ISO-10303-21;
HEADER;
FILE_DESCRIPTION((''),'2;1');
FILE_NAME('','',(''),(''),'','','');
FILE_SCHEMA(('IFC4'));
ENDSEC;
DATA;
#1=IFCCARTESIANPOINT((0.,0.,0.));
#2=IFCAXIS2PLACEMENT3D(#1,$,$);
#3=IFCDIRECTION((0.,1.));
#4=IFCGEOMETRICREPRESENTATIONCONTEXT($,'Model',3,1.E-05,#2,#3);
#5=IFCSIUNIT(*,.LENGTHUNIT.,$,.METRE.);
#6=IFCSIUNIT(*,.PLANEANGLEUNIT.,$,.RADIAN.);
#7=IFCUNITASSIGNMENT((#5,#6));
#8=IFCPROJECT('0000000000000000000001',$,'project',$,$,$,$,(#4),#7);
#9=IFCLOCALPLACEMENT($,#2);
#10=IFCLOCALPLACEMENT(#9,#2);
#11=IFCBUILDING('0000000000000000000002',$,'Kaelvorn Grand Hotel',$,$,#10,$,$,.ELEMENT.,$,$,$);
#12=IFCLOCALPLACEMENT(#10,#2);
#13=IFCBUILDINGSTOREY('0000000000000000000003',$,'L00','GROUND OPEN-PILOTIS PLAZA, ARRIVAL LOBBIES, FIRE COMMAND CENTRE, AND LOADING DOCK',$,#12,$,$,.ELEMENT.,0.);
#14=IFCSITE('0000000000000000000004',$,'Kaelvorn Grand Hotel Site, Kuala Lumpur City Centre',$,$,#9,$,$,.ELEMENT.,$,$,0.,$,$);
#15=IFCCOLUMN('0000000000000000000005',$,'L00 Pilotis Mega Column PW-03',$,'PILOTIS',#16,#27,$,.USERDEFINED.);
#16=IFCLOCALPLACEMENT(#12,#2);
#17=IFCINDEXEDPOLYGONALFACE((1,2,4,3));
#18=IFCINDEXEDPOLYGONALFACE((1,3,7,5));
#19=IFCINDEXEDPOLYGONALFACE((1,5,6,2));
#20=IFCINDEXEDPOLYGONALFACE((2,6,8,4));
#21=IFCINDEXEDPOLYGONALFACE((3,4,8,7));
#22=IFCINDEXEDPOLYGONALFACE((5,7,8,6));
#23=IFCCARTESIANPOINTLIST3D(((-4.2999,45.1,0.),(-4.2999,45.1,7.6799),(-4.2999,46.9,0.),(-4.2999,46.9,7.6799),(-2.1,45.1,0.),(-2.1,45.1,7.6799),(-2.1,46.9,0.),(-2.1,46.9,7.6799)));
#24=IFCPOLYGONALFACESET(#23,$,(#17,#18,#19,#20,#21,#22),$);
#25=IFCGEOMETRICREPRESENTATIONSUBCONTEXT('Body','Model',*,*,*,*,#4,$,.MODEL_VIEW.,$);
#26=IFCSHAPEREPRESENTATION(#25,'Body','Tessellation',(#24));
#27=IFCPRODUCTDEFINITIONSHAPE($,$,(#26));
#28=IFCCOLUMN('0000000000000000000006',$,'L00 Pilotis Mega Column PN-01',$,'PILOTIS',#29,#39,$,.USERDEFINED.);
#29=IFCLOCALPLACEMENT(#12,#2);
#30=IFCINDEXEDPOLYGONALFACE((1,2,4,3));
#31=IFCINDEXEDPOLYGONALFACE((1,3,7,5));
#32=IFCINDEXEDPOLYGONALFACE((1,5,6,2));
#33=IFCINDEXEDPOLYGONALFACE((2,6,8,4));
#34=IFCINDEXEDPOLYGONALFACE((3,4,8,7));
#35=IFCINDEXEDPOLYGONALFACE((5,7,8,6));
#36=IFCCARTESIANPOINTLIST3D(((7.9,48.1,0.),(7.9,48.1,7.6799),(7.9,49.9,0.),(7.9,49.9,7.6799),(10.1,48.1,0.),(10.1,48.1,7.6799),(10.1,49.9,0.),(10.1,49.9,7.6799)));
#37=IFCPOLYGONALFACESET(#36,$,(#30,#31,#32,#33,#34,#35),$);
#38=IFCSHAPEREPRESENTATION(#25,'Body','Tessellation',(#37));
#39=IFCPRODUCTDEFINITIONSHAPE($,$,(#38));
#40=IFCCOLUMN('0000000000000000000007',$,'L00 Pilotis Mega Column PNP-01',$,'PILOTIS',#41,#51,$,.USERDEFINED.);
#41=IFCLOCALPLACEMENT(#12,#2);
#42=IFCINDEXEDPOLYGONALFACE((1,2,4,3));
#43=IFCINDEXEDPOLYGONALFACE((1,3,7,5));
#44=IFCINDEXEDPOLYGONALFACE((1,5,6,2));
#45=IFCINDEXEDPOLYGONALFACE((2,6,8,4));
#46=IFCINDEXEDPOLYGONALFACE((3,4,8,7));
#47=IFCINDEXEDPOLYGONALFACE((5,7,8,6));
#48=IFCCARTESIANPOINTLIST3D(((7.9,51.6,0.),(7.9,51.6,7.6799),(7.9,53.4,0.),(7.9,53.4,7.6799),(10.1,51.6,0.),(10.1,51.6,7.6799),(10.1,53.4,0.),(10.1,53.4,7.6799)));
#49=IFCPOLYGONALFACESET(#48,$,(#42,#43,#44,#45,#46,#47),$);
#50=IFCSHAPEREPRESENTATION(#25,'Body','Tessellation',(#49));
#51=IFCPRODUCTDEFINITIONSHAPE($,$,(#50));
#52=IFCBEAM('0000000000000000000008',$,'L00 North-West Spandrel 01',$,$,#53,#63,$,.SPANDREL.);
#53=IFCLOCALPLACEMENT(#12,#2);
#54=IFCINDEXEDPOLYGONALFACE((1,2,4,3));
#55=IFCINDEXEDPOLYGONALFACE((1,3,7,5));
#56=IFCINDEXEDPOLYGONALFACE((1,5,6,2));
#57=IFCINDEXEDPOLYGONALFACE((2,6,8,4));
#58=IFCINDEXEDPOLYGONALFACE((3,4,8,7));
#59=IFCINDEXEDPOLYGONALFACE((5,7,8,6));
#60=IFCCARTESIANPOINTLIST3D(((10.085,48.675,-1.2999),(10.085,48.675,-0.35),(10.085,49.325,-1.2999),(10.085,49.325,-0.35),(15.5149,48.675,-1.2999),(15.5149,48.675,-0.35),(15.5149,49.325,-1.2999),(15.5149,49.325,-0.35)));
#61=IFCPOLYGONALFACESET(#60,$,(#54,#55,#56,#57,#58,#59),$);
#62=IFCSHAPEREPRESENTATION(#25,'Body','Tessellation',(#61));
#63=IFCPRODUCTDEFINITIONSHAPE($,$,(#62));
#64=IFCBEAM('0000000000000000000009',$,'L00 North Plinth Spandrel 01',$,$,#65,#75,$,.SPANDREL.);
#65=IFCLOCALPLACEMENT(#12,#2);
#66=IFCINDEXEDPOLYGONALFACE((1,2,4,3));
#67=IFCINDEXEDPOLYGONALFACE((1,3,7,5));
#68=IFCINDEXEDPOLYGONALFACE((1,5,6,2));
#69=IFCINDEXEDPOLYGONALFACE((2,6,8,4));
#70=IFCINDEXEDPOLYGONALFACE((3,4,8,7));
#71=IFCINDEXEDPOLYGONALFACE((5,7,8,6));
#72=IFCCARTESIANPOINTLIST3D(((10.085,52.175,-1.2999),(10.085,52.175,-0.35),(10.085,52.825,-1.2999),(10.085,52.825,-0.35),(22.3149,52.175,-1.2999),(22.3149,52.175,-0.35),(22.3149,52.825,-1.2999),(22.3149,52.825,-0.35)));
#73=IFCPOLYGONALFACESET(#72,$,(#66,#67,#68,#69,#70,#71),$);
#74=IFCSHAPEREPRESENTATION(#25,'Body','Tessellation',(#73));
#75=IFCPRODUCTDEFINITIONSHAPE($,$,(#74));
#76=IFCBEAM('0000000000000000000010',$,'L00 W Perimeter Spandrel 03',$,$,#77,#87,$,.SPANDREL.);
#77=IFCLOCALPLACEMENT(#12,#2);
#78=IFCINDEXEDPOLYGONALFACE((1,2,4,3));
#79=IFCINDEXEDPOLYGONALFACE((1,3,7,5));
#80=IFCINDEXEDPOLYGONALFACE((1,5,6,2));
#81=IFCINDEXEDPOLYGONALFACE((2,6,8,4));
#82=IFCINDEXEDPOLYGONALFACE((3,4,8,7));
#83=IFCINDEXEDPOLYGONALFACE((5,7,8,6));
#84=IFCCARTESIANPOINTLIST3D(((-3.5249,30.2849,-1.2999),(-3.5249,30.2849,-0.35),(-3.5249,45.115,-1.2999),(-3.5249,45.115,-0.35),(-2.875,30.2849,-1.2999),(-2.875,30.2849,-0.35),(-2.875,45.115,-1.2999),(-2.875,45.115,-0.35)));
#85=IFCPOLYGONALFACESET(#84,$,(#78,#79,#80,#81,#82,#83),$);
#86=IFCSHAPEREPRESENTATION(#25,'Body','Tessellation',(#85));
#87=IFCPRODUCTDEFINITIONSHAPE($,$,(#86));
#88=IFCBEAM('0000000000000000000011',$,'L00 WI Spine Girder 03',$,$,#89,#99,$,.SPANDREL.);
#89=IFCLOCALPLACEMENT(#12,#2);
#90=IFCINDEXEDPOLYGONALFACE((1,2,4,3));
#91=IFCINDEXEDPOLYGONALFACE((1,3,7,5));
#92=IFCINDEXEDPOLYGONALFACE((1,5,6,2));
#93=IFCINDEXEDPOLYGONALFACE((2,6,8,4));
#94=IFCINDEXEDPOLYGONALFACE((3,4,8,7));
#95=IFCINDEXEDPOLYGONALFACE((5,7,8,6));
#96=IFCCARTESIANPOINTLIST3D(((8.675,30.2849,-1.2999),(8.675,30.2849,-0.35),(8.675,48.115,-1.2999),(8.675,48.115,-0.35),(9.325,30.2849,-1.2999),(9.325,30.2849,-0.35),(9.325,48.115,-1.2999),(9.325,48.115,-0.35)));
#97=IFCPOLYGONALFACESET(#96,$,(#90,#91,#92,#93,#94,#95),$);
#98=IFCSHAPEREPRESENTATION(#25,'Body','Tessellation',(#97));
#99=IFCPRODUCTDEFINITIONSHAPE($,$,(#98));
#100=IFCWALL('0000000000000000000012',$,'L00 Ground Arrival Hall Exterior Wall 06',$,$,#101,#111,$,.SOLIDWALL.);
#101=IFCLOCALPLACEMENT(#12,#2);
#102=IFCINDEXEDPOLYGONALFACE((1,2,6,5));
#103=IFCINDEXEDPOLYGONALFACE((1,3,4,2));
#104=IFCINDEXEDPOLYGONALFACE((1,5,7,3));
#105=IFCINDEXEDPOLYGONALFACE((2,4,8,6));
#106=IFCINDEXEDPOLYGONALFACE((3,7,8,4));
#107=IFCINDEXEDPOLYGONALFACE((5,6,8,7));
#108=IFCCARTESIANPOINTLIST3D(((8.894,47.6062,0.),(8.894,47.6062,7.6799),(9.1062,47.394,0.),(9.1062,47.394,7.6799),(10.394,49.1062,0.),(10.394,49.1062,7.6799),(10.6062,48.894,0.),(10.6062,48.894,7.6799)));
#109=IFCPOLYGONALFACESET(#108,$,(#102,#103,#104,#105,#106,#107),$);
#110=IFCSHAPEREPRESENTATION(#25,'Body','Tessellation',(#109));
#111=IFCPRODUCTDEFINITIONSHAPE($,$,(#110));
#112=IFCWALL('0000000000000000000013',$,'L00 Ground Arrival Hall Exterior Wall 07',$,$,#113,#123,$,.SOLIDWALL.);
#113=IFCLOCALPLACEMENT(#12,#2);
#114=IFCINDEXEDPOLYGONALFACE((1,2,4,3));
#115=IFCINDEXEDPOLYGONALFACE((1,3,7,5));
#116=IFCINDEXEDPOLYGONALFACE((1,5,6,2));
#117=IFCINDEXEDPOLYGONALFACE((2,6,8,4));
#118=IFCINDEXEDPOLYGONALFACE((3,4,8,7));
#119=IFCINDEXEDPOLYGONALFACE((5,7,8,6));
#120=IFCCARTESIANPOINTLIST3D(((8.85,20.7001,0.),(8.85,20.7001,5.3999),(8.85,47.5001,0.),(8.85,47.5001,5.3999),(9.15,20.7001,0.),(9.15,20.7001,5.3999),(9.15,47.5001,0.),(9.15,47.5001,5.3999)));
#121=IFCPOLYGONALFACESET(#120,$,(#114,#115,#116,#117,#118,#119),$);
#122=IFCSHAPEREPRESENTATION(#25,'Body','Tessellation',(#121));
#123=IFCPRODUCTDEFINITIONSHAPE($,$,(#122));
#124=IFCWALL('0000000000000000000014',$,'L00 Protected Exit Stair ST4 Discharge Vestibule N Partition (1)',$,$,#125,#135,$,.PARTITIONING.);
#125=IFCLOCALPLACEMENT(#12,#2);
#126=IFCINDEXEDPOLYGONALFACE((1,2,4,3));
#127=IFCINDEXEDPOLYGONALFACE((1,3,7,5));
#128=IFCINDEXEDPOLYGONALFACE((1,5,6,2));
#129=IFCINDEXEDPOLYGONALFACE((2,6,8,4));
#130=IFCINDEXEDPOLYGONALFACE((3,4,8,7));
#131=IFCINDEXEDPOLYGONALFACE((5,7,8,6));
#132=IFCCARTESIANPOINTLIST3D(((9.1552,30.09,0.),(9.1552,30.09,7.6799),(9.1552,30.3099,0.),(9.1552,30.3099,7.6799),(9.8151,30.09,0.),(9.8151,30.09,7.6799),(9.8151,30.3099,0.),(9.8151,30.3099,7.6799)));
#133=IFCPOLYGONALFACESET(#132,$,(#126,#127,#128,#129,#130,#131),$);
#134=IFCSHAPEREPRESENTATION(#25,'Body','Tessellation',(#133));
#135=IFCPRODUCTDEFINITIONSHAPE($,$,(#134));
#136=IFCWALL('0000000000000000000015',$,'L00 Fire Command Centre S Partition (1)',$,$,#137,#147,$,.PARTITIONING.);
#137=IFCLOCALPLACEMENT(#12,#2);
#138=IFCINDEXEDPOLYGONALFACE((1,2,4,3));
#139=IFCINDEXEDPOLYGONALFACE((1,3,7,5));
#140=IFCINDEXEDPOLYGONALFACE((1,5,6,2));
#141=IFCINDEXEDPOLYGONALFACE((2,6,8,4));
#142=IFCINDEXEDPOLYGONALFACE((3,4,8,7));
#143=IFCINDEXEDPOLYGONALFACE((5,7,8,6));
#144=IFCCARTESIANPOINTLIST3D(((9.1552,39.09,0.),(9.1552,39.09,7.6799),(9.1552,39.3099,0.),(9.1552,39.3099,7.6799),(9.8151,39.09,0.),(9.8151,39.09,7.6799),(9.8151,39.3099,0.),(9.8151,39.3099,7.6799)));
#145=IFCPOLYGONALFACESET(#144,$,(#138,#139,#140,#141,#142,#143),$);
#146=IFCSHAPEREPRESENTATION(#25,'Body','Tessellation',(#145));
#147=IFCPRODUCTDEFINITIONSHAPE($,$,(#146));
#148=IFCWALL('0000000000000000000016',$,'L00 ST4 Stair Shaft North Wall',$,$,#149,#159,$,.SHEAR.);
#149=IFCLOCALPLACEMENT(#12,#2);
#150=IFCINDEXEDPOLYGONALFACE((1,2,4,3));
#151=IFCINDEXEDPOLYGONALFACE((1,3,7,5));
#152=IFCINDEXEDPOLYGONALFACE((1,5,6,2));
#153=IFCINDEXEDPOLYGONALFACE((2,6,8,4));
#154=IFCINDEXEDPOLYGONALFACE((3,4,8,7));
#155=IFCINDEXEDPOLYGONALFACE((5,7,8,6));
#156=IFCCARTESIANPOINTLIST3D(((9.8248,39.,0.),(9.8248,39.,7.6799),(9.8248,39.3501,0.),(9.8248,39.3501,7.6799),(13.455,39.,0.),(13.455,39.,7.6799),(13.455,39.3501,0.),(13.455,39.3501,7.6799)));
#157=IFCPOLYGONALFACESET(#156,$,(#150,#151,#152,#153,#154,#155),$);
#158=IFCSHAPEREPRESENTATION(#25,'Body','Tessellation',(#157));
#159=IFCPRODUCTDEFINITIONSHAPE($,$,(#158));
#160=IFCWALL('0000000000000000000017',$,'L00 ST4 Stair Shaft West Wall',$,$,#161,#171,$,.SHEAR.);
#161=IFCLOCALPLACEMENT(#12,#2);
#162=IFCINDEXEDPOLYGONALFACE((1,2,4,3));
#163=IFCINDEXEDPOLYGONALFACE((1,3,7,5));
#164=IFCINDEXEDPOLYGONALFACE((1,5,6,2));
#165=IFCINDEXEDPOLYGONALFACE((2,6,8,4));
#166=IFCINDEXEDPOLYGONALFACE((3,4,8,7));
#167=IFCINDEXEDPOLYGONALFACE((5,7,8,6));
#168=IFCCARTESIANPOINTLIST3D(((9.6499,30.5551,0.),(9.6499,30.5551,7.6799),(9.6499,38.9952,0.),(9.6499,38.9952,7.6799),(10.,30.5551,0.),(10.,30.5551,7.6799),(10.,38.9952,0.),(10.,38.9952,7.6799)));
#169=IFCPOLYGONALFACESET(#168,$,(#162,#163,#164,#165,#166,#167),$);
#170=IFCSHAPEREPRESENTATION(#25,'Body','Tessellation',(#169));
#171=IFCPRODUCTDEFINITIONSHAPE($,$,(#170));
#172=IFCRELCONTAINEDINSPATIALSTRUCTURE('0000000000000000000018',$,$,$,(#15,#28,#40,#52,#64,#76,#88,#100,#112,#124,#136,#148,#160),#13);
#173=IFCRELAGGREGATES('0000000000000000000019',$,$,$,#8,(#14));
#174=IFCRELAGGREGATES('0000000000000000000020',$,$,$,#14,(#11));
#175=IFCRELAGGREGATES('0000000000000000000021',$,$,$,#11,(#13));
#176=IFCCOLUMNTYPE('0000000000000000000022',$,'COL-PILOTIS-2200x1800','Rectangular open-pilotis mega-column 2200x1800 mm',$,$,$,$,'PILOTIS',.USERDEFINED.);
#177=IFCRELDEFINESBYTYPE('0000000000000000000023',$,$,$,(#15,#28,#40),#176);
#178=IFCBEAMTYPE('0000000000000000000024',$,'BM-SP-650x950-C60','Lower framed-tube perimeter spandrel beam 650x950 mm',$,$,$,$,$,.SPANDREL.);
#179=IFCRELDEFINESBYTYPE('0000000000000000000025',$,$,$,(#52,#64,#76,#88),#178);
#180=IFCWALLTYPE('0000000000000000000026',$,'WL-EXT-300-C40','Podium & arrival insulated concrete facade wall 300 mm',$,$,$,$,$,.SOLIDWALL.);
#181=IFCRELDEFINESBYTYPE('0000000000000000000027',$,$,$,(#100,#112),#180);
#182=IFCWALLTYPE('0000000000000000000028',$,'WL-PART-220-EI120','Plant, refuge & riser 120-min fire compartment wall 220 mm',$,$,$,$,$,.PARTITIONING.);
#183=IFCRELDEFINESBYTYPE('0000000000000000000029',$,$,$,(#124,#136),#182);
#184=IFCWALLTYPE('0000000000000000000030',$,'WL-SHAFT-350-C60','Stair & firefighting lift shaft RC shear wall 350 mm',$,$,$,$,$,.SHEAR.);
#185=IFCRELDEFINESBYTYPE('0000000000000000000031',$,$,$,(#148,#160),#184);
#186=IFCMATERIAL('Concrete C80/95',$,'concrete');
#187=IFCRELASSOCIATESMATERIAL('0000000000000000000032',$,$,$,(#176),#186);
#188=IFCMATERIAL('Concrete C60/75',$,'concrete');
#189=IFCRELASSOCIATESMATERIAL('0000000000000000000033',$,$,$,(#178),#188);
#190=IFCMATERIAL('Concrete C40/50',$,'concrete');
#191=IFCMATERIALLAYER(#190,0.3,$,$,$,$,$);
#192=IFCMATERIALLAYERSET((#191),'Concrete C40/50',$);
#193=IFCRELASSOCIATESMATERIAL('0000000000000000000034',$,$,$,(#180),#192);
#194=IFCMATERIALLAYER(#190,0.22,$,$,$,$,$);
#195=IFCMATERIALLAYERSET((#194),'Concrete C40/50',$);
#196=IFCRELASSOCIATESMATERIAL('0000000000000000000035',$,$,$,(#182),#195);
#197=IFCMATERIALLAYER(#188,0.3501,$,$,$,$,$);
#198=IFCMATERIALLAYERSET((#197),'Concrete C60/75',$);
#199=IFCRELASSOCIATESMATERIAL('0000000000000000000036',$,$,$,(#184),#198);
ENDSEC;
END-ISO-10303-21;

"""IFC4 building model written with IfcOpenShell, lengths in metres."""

from ifc_helpers import new_model, si_unit, direction, frame, frame_2d, origin, origin_2d, place, context, subcontext, project, spatial, rectangle, extrude, material, layer, layer_set, material_profile, profile_set, type_object, element, save


model = new_model("IFC4")

# Units and contexts
model_context = context("Model", 3, precision=1e-05, world=origin(), true_north=direction((0.0, 1.0)))
body_context = subcontext(model_context, "Body", "Model", "MODEL_VIEW")
ifc_project = project(units=[si_unit("LENGTHUNIT", "METRE"), si_unit("PLANEANGLEUNIT", "RADIAN")], contexts=[model_context])

# Site, building, storey
site_placement = place(None, origin())
site = spatial("IfcSite", under=ifc_project, at=site_placement, Name="Kaelvorn Grand Hotel Site, Kuala Lumpur City Centre", CompositionType="ELEMENT", RefElevation=0.0)
building_placement = place(site_placement, origin())
building = spatial("IfcBuilding", under=site, at=building_placement, Name="Kaelvorn Grand Hotel", CompositionType="ELEMENT")
storey_placement = place(building_placement, origin())
storey = spatial("IfcBuildingStorey", under=building, at=storey_placement, Name="L00", Description="GROUND OPEN-PILOTIS PLAZA, ARRIVAL LOBBIES, FIRE COMMAND CENTRE, AND LOADING DOCK", CompositionType="ELEMENT", Elevation=0.0)

# Columns
ifc_material_1 = material(Name="Concrete C80/95", Category="concrete")
ifc_material_profile_1 = material_profile(ifc_material_1, rectangle(XDim=2.2, YDim=1.8, at=origin_2d()), Name="PILOTIS 2200x1800")
ifc_profile_set_1 = profile_set([ifc_material_profile_1], Name="Concrete C80/95")
column_type = type_object("IfcColumnType", Name="COL-PILOTIS-2200x1800", Description="Rectangular open-pilotis mega-column 2200x1800 mm", ElementType="PILOTIS", PredefinedType="USERDEFINED", material=ifc_profile_set_1)
for number, where, z_axis, x_axis, name in (
    (1, (-3.2, 46.0, 0.0), (0.0, 0.0, 1.0), (1.0, 0.0, 0.0), "L00 Pilotis Mega Column PW-03"),
    (2, (9.0, 49.0, 0.0), (0.0, 0.0, 1.0), (1.0, 0.0, 0.0), "L00 Pilotis Mega Column PN-01"),
    (3, (9.0, 52.5, 0.0), (0.0, 0.0, 1.0), (1.0, 0.0, 0.0), "L00 Pilotis Mega Column PNP-01"),
):
    element("IfcColumn", number, at=place(storey_placement, frame(where, z_axis=z_axis, x_axis=x_axis)), inside=storey, type_object=column_type, Name=name, ObjectType="PILOTIS", PredefinedType="USERDEFINED", context=body_context, shape_type="SweptSolid", body=[
        extrude(rectangle(XDim=2.2, YDim=1.8, at=origin_2d()), origin(), (0.0, 0.0, 1.0), 7.6799),
    ])

# Beams
ifc_material_2 = material(Name="Concrete C60/75", Category="concrete")
ifc_material_profile_2 = material_profile(ifc_material_2, rectangle(XDim=0.6499, YDim=0.95, at=origin_2d()), Name="RC SPANDREL 650x950")
ifc_profile_set_2 = profile_set([ifc_material_profile_2], Name="Concrete C60/75")
beam_type = type_object("IfcBeamType", Name="BM-SP-650x950-C60", Description="Lower framed-tube perimeter spandrel beam 650x950 mm", PredefinedType="SPANDREL", material=ifc_profile_set_2)
beam_1_placement = place(storey_placement, frame((10.085, 49.0, -0.825), z_axis=(1.0, 0.0, 0.0), x_axis=(0.0, 1.0, 0.0)))
element("IfcBeam", 4, at=beam_1_placement, inside=storey, type_object=beam_type, Name="L00 North-West Spandrel 01", PredefinedType="SPANDREL", context=body_context, shape_type="SweptSolid", body=[
    extrude(rectangle(XDim=0.6499, YDim=0.95, at=origin_2d()), origin(), (0.0, 0.0, 1.0), 5.4299),
])
beam_2_placement = place(storey_placement, frame((10.085, 52.5, -0.825), z_axis=(1.0, 0.0, 0.0), x_axis=(0.0, 1.0, 0.0)))
element("IfcBeam", 5, at=beam_2_placement, inside=storey, type_object=beam_type, Name="L00 North Plinth Spandrel 01", PredefinedType="SPANDREL", context=body_context, shape_type="SweptSolid", body=[
    extrude(rectangle(XDim=0.6499, YDim=0.95, at=origin_2d()), origin(), (0.0, 0.0, 1.0), 12.23),
])
beam_3_placement = place(storey_placement, frame((-3.2, 30.2849, -0.825), z_axis=(0.0, 1.0, 0.0), x_axis=(-1.0, 0.0, 0.0)))
element("IfcBeam", 6, at=beam_3_placement, inside=storey, type_object=beam_type, Name="L00 W Perimeter Spandrel 03", PredefinedType="SPANDREL", context=body_context, shape_type="SweptSolid", body=[
    extrude(rectangle(XDim=0.6499, YDim=0.95, at=origin_2d()), origin(), (0.0, 0.0, 1.0), 14.8301),
])
beam_4_placement = place(storey_placement, frame((9.0, 30.2849, -0.825), z_axis=(0.0, 1.0, 0.0), x_axis=(-1.0, 0.0, 0.0)))
element("IfcBeam", 7, at=beam_4_placement, inside=storey, type_object=beam_type, Name="L00 WI Spine Girder 03", PredefinedType="SPANDREL", context=body_context, shape_type="SweptSolid", body=[
    extrude(rectangle(XDim=0.6499, YDim=0.95, at=origin_2d()), origin(), (0.0, 0.0, 1.0), 17.8301),
])

# Walls
ifc_material_3 = material(Name="Concrete C40/50", Category="concrete")
ifc_layer_1 = layer(ifc_material_3, 0.3)
ifc_layer_set_1 = layer_set([ifc_layer_1], Name="Concrete C40/50")
wall_type_1 = type_object("IfcWallType", Name="WL-EXT-300-C40", Description="Podium & arrival insulated concrete facade wall 300 mm", PredefinedType="SOLIDWALL", material=ifc_layer_set_1)
wall_1_placement = place(storey_placement, frame((10.5, 49.0, 0.0), z_axis=(0.0, 0.0, 1.0), x_axis=(-0.707107, -0.707107, 0.0)))
element("IfcWall", 8, at=wall_1_placement, inside=storey, type_object=wall_type_1, Name="L00 Ground Arrival Hall Exterior Wall 06", PredefinedType="SOLIDWALL", context=body_context, shape_type="SweptSolid", body=[
    extrude(rectangle(XDim=2.1213, YDim=0.3, at=frame_2d((1.0605, 0.0))), origin(), (0.0, 0.0, 1.0), 7.6799),
])
wall_2_placement = place(storey_placement, frame((9.0, 47.5, 0.0), z_axis=(0.0, 0.0, 1.0), x_axis=(0.0, -1.0, 0.0)))
element("IfcWall", 9, at=wall_2_placement, inside=storey, type_object=wall_type_1, Name="L00 Ground Arrival Hall Exterior Wall 07", PredefinedType="SOLIDWALL", context=body_context, shape_type="SweptSolid", body=[
    extrude(rectangle(XDim=26.8, YDim=0.3, at=frame_2d((13.3999, 0.0))), origin(), (0.0, 0.0, 1.0), 5.3999),
])
ifc_layer_2 = layer(ifc_material_3, 0.22)
ifc_layer_set_2 = layer_set([ifc_layer_2], Name="Concrete C40/50")
wall_type_2 = type_object("IfcWallType", Name="WL-PART-220-EI120", Description="Plant, refuge & riser 120-min fire compartment wall 220 mm", PredefinedType="PARTITIONING", material=ifc_layer_set_2)
for number, where, z_axis, x_axis, name in (
    (10, (9.155, 30.2, 0.0), (0.0, 0.0, 1.0), (1.0, 0.0, 0.0), "L00 Protected Exit Stair ST4 Discharge Vestibule N Partition (1)"),
    (11, (9.155, 39.2, 0.0), (0.0, 0.0, 1.0), (1.0, 0.0, 0.0), "L00 Fire Command Centre S Partition (1)"),
):
    element("IfcWall", number, at=place(storey_placement, frame(where, z_axis=z_axis, x_axis=x_axis)), inside=storey, type_object=wall_type_2, Name=name, PredefinedType="PARTITIONING", context=body_context, shape_type="SweptSolid", body=[
        extrude(rectangle(XDim=0.6599, YDim=0.22, at=frame_2d((0.3301, 0.0))), origin(), (0.0, 0.0, 1.0), 7.6799),
    ])

# Shared definitions
ifc_layer_3 = layer(ifc_material_2, 0.3501)
ifc_layer_set_3 = layer_set([ifc_layer_3], Name="Concrete C60/75")
wall_type_3 = type_object("IfcWallType", Name="WL-SHAFT-350-C60", Description="Stair & firefighting lift shaft RC shear wall 350 mm", PredefinedType="SHEAR", material=ifc_layer_set_3)

# Walls
wall_3_placement = place(storey_placement, frame((9.825, 39.175, 0.0), z_axis=(0.0, 0.0, 1.0), x_axis=(1.0, 0.0, 0.0)))
element("IfcWall", 12, at=wall_3_placement, inside=storey, type_object=wall_type_3, Name="L00 ST4 Stair Shaft North Wall", PredefinedType="SHEAR", context=body_context, shape_type="SweptSolid", body=[
    extrude(rectangle(XDim=3.6301, YDim=0.3501, at=frame_2d((1.8149, 0.0))), origin(), (0.0, 0.0, 1.0), 7.6799),
])
wall_4_placement = place(storey_placement, frame((9.825, 30.5549, 0.0), z_axis=(0.0, 0.0, 1.0), x_axis=(0.0, 1.0, 0.0)))
element("IfcWall", 13, at=wall_4_placement, inside=storey, type_object=wall_type_3, Name="L00 ST4 Stair Shaft West Wall", PredefinedType="SHEAR", context=body_context, shape_type="SweptSolid", body=[
    extrude(rectangle(XDim=8.4402, YDim=0.3501, at=frame_2d((4.2202, 0.0))), origin(), (0.0, 0.0, 1.0), 7.6799),
])

save(model, "model.ifc")
